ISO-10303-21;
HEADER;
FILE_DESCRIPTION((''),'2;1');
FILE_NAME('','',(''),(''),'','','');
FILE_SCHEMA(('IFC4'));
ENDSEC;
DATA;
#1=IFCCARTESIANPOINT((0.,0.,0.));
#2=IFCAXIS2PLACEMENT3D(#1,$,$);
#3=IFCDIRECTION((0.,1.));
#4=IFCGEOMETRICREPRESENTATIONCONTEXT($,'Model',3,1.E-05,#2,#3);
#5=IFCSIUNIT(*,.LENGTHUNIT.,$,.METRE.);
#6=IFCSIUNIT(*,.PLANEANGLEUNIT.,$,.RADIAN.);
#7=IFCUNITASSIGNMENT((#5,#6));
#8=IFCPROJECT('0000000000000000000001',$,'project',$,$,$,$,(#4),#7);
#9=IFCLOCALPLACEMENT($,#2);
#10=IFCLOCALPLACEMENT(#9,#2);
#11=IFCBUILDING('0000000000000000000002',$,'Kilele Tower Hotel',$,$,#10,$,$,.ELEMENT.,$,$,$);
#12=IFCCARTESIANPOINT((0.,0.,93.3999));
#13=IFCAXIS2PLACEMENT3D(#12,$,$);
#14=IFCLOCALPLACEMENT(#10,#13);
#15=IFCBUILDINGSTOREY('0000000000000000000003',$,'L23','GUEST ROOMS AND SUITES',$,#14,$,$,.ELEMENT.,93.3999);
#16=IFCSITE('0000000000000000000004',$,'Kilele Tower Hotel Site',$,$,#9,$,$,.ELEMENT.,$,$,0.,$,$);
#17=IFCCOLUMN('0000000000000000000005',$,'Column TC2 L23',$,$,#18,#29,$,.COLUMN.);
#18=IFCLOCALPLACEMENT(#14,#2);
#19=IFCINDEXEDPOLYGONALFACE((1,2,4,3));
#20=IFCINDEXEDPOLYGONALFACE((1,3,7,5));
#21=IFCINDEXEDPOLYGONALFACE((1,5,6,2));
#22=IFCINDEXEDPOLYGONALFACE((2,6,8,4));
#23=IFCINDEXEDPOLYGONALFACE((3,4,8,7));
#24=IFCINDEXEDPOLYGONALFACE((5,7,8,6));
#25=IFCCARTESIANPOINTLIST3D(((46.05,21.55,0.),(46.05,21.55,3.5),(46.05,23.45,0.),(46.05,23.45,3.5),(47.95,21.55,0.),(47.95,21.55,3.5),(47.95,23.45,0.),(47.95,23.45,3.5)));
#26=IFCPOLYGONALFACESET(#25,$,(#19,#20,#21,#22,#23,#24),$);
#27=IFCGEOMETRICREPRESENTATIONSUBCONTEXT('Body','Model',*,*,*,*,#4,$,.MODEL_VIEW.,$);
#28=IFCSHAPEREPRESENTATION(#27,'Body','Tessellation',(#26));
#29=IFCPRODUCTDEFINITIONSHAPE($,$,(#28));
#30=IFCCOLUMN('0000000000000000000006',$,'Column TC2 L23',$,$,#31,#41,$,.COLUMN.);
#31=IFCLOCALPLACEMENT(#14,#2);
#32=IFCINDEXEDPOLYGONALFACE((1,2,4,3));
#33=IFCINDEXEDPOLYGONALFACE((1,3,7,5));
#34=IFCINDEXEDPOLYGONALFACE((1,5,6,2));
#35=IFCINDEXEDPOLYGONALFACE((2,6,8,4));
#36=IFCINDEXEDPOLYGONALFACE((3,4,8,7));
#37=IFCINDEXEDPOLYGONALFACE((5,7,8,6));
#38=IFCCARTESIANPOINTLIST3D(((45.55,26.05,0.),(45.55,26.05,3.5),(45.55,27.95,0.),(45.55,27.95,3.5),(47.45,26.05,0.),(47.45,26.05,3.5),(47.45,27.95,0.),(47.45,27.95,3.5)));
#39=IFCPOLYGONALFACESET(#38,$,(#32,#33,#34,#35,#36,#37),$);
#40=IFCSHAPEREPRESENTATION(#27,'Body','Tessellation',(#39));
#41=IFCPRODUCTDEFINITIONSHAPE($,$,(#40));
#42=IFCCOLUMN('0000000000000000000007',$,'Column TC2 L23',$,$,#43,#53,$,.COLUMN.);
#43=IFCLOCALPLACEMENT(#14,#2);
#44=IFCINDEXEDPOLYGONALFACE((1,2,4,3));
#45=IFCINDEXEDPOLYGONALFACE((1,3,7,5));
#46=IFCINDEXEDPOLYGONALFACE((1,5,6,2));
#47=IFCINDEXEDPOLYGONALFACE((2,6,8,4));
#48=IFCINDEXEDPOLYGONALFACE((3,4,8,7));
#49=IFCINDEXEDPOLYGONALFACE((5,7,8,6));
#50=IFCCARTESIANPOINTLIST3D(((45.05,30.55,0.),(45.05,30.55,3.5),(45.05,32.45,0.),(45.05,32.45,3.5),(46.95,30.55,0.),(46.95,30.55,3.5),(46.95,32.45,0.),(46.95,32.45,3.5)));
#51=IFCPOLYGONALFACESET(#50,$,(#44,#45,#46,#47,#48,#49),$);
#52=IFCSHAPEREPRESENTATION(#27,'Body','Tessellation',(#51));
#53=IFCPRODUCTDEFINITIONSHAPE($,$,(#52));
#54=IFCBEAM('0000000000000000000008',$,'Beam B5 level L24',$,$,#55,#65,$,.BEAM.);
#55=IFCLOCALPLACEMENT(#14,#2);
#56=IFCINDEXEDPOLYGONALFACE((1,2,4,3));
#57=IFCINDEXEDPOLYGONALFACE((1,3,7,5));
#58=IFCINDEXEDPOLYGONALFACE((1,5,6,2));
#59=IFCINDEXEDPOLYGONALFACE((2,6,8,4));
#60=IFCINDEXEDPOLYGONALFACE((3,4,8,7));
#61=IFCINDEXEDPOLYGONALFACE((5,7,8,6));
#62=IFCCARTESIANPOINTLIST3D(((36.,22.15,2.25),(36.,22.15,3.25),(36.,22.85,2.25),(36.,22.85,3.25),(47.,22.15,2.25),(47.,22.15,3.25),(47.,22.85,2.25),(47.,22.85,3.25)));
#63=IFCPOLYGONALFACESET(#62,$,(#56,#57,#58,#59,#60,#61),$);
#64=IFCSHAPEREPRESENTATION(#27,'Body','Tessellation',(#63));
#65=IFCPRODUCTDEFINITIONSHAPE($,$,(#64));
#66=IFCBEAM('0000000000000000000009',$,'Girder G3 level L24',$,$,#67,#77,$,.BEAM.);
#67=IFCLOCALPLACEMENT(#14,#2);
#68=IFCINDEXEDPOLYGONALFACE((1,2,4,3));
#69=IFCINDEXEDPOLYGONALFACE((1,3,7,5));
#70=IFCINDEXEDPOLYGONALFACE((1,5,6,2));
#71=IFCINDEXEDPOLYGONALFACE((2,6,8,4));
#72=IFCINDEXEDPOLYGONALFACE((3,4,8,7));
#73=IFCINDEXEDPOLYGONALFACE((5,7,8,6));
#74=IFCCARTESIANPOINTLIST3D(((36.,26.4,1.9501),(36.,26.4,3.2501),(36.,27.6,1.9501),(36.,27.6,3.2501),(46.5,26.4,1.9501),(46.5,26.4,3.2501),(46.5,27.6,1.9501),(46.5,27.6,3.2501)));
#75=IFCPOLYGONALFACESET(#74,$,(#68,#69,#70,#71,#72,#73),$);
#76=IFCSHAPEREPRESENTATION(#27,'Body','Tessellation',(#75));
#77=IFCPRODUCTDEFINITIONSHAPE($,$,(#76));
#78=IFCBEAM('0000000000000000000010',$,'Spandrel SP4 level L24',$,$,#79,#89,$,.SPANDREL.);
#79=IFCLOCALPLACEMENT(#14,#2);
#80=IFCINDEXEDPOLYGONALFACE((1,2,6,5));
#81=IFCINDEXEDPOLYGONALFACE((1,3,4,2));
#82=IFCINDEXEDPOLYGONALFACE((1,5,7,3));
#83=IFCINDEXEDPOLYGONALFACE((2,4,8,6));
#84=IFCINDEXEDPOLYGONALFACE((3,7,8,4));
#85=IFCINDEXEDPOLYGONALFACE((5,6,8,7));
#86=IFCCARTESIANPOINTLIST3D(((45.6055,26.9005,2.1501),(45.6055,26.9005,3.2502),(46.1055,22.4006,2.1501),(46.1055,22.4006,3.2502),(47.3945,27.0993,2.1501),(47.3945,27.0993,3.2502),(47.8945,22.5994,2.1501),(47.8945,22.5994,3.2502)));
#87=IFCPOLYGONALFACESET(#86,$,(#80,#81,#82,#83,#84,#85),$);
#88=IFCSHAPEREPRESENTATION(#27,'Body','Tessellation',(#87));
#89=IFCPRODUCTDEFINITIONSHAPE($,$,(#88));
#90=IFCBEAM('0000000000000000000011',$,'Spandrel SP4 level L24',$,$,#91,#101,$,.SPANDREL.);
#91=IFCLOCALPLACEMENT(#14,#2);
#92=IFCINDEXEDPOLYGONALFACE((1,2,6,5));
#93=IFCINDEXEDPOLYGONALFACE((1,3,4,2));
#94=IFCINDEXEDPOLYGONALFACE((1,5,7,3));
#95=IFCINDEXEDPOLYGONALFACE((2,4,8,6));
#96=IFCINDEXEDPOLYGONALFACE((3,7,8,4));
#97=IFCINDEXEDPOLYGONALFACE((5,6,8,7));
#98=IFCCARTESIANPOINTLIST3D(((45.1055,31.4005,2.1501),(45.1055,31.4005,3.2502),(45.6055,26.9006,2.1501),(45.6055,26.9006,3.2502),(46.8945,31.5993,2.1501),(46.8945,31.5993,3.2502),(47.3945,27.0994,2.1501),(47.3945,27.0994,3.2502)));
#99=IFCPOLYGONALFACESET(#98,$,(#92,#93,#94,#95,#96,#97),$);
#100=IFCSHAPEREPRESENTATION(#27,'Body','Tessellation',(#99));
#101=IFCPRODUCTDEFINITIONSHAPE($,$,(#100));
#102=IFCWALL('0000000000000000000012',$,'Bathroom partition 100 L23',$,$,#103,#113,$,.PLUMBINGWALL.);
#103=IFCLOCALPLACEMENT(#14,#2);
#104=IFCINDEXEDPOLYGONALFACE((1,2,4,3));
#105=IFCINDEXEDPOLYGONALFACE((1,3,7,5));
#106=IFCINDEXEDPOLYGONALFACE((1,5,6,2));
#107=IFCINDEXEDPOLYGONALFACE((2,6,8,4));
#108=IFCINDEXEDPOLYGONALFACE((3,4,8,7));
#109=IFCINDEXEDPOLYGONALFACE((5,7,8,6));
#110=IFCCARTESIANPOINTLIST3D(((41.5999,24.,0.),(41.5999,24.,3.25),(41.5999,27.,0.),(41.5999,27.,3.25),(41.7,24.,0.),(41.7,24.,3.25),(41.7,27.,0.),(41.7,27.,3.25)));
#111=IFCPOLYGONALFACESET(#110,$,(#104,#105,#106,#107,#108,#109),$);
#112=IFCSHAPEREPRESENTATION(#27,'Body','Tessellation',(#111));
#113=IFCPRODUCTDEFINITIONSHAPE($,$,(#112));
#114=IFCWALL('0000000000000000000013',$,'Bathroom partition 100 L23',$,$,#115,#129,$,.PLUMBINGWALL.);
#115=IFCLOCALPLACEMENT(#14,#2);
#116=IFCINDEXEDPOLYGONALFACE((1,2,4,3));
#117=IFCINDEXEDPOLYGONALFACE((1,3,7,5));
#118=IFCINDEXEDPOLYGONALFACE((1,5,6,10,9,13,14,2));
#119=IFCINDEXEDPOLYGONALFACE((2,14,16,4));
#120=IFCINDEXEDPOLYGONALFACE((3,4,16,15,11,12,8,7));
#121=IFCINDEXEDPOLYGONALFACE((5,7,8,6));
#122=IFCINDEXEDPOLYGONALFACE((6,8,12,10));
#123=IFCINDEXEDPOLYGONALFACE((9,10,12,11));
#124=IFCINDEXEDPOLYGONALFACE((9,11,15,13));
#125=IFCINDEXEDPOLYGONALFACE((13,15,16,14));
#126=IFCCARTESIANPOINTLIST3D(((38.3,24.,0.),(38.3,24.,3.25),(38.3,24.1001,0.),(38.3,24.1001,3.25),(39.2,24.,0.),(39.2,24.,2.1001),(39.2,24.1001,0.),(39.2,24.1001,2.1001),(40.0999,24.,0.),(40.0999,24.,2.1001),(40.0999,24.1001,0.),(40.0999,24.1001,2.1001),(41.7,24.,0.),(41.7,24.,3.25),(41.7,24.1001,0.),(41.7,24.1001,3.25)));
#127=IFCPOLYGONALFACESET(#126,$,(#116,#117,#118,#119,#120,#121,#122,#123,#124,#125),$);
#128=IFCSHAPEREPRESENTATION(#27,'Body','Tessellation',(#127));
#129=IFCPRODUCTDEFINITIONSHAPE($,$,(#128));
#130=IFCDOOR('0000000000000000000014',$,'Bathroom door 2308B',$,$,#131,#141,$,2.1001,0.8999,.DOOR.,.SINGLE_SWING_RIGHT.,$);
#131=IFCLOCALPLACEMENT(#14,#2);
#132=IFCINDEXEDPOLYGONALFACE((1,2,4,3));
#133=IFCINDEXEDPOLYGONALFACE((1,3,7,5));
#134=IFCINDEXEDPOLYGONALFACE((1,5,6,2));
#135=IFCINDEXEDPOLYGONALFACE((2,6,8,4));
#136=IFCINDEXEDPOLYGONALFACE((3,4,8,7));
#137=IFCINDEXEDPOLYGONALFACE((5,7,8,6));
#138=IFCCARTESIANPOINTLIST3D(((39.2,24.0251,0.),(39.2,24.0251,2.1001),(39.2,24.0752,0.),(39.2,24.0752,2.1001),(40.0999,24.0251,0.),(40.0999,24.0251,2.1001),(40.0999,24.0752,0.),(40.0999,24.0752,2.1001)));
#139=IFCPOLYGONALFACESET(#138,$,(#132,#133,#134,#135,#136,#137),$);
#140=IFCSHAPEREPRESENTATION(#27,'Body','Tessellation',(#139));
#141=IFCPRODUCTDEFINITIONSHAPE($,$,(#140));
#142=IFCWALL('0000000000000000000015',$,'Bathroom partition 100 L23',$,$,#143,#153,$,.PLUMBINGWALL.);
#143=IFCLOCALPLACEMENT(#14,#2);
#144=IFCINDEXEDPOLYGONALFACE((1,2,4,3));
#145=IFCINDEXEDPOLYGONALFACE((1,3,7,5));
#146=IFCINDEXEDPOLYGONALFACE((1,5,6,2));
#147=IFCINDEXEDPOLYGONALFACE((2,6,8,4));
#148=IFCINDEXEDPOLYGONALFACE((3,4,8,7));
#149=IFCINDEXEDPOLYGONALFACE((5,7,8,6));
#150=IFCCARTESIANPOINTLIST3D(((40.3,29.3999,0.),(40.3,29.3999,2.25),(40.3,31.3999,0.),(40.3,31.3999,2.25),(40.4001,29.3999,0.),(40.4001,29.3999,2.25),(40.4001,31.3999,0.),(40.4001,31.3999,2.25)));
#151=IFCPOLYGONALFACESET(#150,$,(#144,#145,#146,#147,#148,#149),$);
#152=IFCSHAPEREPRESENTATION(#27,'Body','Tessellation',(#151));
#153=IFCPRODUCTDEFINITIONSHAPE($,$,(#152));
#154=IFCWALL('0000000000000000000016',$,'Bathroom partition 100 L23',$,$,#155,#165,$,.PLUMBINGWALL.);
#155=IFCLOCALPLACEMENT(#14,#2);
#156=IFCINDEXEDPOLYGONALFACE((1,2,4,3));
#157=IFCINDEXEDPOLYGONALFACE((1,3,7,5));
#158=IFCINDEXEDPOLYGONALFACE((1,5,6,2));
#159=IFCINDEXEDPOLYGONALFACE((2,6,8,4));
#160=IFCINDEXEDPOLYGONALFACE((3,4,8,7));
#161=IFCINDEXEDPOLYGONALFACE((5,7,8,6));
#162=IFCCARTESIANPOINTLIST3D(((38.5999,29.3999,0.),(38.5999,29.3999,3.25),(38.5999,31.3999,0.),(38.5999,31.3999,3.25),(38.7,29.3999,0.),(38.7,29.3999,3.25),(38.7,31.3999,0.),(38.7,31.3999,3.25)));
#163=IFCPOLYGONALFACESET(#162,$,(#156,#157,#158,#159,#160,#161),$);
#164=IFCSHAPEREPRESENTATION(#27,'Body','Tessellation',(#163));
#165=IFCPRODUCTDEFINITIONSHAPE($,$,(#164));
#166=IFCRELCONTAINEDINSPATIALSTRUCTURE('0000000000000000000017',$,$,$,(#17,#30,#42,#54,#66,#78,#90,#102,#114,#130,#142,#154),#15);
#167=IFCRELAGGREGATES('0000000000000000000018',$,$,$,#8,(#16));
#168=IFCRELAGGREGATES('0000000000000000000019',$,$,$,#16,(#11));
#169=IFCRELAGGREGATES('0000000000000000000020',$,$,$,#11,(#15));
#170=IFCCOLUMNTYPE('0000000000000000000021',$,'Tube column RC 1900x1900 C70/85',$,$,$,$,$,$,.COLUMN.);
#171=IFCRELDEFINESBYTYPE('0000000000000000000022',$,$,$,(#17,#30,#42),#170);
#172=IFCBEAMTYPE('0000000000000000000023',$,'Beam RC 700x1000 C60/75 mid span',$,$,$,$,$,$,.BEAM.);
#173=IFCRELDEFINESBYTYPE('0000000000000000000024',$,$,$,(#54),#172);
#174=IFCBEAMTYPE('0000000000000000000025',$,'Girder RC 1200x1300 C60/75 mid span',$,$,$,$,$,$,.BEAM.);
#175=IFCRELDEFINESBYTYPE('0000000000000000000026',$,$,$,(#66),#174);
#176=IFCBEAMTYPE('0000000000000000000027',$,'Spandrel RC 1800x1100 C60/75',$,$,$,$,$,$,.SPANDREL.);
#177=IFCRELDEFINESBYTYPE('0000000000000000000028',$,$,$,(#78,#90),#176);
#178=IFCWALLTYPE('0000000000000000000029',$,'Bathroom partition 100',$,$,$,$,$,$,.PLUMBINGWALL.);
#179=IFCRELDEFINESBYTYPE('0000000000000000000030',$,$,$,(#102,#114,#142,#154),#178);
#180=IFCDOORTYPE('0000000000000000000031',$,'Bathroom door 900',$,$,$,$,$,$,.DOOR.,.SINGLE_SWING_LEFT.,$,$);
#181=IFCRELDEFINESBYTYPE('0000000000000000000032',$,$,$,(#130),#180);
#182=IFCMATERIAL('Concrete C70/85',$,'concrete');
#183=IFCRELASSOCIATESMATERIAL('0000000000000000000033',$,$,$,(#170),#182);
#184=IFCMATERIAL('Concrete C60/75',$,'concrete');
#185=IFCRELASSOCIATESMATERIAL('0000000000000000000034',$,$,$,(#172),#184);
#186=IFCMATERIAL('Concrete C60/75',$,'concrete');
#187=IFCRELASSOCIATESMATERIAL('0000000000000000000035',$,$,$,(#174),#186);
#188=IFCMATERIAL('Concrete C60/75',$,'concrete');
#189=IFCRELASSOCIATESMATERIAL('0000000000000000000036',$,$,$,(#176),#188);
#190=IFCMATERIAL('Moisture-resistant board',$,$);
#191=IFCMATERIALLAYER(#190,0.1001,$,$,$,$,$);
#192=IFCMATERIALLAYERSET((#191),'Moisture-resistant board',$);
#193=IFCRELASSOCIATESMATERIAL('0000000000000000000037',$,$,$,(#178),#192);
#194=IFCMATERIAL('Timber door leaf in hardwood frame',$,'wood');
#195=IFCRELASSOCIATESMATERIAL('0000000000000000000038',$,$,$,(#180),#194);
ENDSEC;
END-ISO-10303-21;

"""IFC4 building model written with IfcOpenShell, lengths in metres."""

from ifc_helpers import new_model, si_unit, direction, frame, frame_2d, origin, origin_2d, place, context, subcontext, project, spatial, rectangle, extrude, material, layer, layer_set, material_profile, profile_set, type_object, element, fill, save


model = new_model("IFC4")

# Units and contexts
model_context = context("Model", 3, precision=1e-05, world=origin(), true_north=direction((0.0, 1.0)))
body_context = subcontext(model_context, "Body", "Model", "MODEL_VIEW")
ifc_project = project(units=[si_unit("LENGTHUNIT", "METRE"), si_unit("PLANEANGLEUNIT", "RADIAN")], contexts=[model_context])

# Site, building, storey
site_placement = place(None, origin())
site = spatial("IfcSite", under=ifc_project, at=site_placement, Name="Kilele Tower Hotel Site", CompositionType="ELEMENT", RefElevation=0.0)
building_placement = place(site_placement, origin())
building = spatial("IfcBuilding", under=site, at=building_placement, Name="Kilele Tower Hotel", CompositionType="ELEMENT")
storey_placement = place(building_placement, frame((0.0, 0.0, 93.3999)))
storey = spatial("IfcBuildingStorey", under=building, at=storey_placement, Name="L23", Description="GUEST ROOMS AND SUITES", CompositionType="ELEMENT", Elevation=93.3999)

# Columns
ifc_material_1 = material(Name="Concrete C70/85", Category="concrete")
ifc_material_profile_1 = material_profile(ifc_material_1, rectangle(XDim=1.8999, YDim=1.8999, at=origin_2d()))
ifc_profile_set_1 = profile_set([ifc_material_profile_1], Name="Concrete C70/85")
column_type = type_object("IfcColumnType", Name="Tube column RC 1900x1900 C70/85", PredefinedType="COLUMN", material=ifc_profile_set_1)
for number, where, z_axis, x_axis, name in (
    (1, (47.0, 22.5, 0.0), (0.0, 0.0, 1.0), (1.0, 0.0, 0.0), "Column TC2 L23"),
    (2, (46.5, 27.0, 0.0), (0.0, 0.0, 1.0), (1.0, 0.0, 0.0), "Column TC2 L23"),
    (3, (46.0, 31.5, 0.0), (0.0, 0.0, 1.0), (1.0, 0.0, 0.0), "Column TC2 L23"),
):
    element("IfcColumn", number, at=place(storey_placement, frame(where, z_axis=z_axis, x_axis=x_axis)), inside=storey, type_object=column_type, Name=name, PredefinedType="COLUMN", context=body_context, shape_type="SweptSolid", body=[
        extrude(rectangle(XDim=1.8999, YDim=1.8999, at=origin_2d()), origin(), (0.0, 0.0, 1.0), 3.5),
    ])

# Beams
ifc_material_2 = material(Name="Concrete C60/75", Category="concrete")
ifc_material_profile_2 = material_profile(ifc_material_2, rectangle(XDim=0.7, YDim=1.0, at=origin_2d()))
ifc_profile_set_2 = profile_set([ifc_material_profile_2], Name="Concrete C60/75")
beam_type_1 = type_object("IfcBeamType", Name="Beam RC 700x1000 C60/75 mid span", PredefinedType="BEAM", material=ifc_profile_set_2)
beam_1_placement = place(storey_placement, frame((47.0, 22.5, 2.75), z_axis=(-1.0, 0.0, 0.0), x_axis=(0.0, -1.0, 0.0)))
element("IfcBeam", 4, at=beam_1_placement, inside=storey, type_object=beam_type_1, Name="Beam B5 level L24", PredefinedType="BEAM", context=body_context, shape_type="SweptSolid", body=[
    extrude(rectangle(XDim=0.7, YDim=1.0, at=origin_2d()), origin(), (0.0, 0.0, 1.0), 11.0),
])
ifc_material_3 = material(Name="Concrete C60/75", Category="concrete")
ifc_material_profile_3 = material_profile(ifc_material_3, rectangle(XDim=1.2, YDim=1.3, at=origin_2d()))
ifc_profile_set_3 = profile_set([ifc_material_profile_3], Name="Concrete C60/75")
beam_type_2 = type_object("IfcBeamType", Name="Girder RC 1200x1300 C60/75 mid span", PredefinedType="BEAM", material=ifc_profile_set_3)
beam_2_placement = place(storey_placement, frame((46.5, 27.0, 2.6001), z_axis=(-1.0, 0.0, 0.0), x_axis=(0.0, -1.0, 0.0)))
element("IfcBeam", 5, at=beam_2_placement, inside=storey, type_object=beam_type_2, Name="Girder G3 level L24", PredefinedType="BEAM", context=body_context, shape_type="SweptSolid", body=[
    extrude(rectangle(XDim=1.2, YDim=1.3, at=origin_2d()), origin(), (0.0, 0.0, 1.0), 10.5),
])
ifc_material_4 = material(Name="Concrete C60/75", Category="concrete")
ifc_material_profile_4 = material_profile(ifc_material_4, rectangle(XDim=1.8, YDim=1.1001, at=origin_2d()))
ifc_profile_set_4 = profile_set([ifc_material_profile_4], Name="Concrete C60/75")
beam_type_3 = type_object("IfcBeamType", Name="Spandrel RC 1800x1100 C60/75", PredefinedType="SPANDREL", material=ifc_profile_set_4)
for number, where, z_axis, x_axis, name in (
    (6, (47.0, 22.5, 2.7002), (-0.110432, 0.993884, 0.0), (-0.993884, -0.110432, 0.0), "Spandrel SP4 level L24"),
    (7, (46.5, 27.0, 2.7002), (-0.110432, 0.993884, 0.0), (-0.993884, -0.110432, 0.0), "Spandrel SP4 level L24"),
):
    element("IfcBeam", number, at=place(storey_placement, frame(where, z_axis=z_axis, x_axis=x_axis)), inside=storey, type_object=beam_type_3, Name=name, PredefinedType="SPANDREL", context=body_context, shape_type="SweptSolid", body=[
        extrude(rectangle(XDim=1.8, YDim=1.1001, at=origin_2d()), origin(), (0.0, 0.0, 1.0), 4.5276),
    ])

# Wall
ifc_material_5 = material(Name="Moisture-resistant board")
ifc_layer_1 = layer(ifc_material_5, 0.1001)
ifc_layer_set_1 = layer_set([ifc_layer_1], Name="Moisture-resistant board")
wall_type_1 = type_object("IfcWallType", Name="Bathroom partition 100", PredefinedType="PLUMBINGWALL", material=ifc_layer_set_1)
wall_1_placement = place(storey_placement, frame((41.6499, 24.0, 0.0), z_axis=(0.0, 0.0, 1.0), x_axis=(0.0, 1.0, 0.0)))
element("IfcWall", 8, at=wall_1_placement, inside=storey, type_object=wall_type_1, Name="Bathroom partition 100 L23", PredefinedType="PLUMBINGWALL", context=body_context, shape_type="SweptSolid", body=[
    extrude(rectangle(XDim=3.0, YDim=0.1001, at=frame_2d((1.5, 0.0))), origin(), (0.0, 0.0, 1.0), 3.25),
])

# Wall, opening, door
wall_2_placement = place(storey_placement, frame((38.3, 24.05, 0.0), z_axis=(0.0, 0.0, 1.0), x_axis=(1.0, 0.0, 0.0)))
wall_2 = element("IfcWall", 9, at=wall_2_placement, inside=storey, type_object=wall_type_1, Name="Bathroom partition 100 L23", PredefinedType="PLUMBINGWALL", context=body_context, shape_type="SweptSolid", body=[
    extrude(rectangle(XDim=3.3999, YDim=0.1001, at=frame_2d((1.7, 0.0))), origin(), (0.0, 0.0, 1.0), 3.25),
])
opening_1_placement = place(wall_2_placement, frame((1.7998, 0.0, 0.0), z_axis=(0.0, 0.0, 1.0), x_axis=(-1.0, 0.0, 0.0)))
opening_1 = element("IfcOpeningElement", 10, at=opening_1_placement, cuts=wall_2, PredefinedType="OPENING", context=body_context, shape_type="SweptSolid", body=[
    extrude(rectangle(XDim=0.8999, YDim=2.1001, at=frame_2d((0.45, 1.05))), frame((0.0, 0.0601, 0.0), z_axis=(0.0, -1.0, 0.0), x_axis=(1.0, 0.0, 0.0)), (0.0, 0.0, 1.0), 0.1201),
])
ifc_material_6 = material(Name="Timber door leaf in hardwood frame", Category="wood")
door_type_1 = type_object("IfcDoorType", Name="Bathroom door 900", OperationType="SINGLE_SWING_LEFT", PredefinedType="DOOR", material=ifc_material_6)
door_1_placement = place(opening_1_placement, origin())
door_1 = element("IfcDoor", 11, at=door_1_placement, inside=storey, type_object=door_type_1, Name="Bathroom door 2308B", OperationType="SINGLE_SWING_RIGHT", OverallHeight=2.1001, OverallWidth=0.8999, PredefinedType="DOOR", context=body_context, shape_type="SweptSolid", body=[
    extrude(rectangle(XDim=0.8999, YDim=2.1001, at=frame_2d((0.45, 1.05))), frame((0.0, 0.0249, 0.0), z_axis=(0.0, -1.0, 0.0), x_axis=(1.0, 0.0, 0.0)), (0.0, 0.0, 1.0), 0.05),
])
fill(opening_1, door_1)

# Walls
wall_3_placement = place(storey_placement, frame((40.3501, 31.3999, 0.0), z_axis=(0.0, 0.0, 1.0), x_axis=(0.0, -1.0, 0.0)))
element("IfcWall", 12, at=wall_3_placement, inside=storey, type_object=wall_type_1, Name="Bathroom partition 100 L23", PredefinedType="PLUMBINGWALL", context=body_context, shape_type="SweptSolid", body=[
    extrude(rectangle(XDim=2.0, YDim=0.1001, at=frame_2d((1.0, 0.0))), origin(), (0.0, 0.0, 1.0), 2.25),
])
wall_4_placement = place(storey_placement, frame((38.6499, 31.3999, 0.0), z_axis=(0.0, 0.0, 1.0), x_axis=(0.0, -1.0, 0.0)))
element("IfcWall", 13, at=wall_4_placement, inside=storey, type_object=wall_type_1, Name="Bathroom partition 100 L23", PredefinedType="PLUMBINGWALL", context=body_context, shape_type="SweptSolid", body=[
    extrude(rectangle(XDim=2.0, YDim=0.1001, at=frame_2d((1.0, 0.0))), origin(), (0.0, 0.0, 1.0), 3.25),
])

save(model, "model.ifc")
